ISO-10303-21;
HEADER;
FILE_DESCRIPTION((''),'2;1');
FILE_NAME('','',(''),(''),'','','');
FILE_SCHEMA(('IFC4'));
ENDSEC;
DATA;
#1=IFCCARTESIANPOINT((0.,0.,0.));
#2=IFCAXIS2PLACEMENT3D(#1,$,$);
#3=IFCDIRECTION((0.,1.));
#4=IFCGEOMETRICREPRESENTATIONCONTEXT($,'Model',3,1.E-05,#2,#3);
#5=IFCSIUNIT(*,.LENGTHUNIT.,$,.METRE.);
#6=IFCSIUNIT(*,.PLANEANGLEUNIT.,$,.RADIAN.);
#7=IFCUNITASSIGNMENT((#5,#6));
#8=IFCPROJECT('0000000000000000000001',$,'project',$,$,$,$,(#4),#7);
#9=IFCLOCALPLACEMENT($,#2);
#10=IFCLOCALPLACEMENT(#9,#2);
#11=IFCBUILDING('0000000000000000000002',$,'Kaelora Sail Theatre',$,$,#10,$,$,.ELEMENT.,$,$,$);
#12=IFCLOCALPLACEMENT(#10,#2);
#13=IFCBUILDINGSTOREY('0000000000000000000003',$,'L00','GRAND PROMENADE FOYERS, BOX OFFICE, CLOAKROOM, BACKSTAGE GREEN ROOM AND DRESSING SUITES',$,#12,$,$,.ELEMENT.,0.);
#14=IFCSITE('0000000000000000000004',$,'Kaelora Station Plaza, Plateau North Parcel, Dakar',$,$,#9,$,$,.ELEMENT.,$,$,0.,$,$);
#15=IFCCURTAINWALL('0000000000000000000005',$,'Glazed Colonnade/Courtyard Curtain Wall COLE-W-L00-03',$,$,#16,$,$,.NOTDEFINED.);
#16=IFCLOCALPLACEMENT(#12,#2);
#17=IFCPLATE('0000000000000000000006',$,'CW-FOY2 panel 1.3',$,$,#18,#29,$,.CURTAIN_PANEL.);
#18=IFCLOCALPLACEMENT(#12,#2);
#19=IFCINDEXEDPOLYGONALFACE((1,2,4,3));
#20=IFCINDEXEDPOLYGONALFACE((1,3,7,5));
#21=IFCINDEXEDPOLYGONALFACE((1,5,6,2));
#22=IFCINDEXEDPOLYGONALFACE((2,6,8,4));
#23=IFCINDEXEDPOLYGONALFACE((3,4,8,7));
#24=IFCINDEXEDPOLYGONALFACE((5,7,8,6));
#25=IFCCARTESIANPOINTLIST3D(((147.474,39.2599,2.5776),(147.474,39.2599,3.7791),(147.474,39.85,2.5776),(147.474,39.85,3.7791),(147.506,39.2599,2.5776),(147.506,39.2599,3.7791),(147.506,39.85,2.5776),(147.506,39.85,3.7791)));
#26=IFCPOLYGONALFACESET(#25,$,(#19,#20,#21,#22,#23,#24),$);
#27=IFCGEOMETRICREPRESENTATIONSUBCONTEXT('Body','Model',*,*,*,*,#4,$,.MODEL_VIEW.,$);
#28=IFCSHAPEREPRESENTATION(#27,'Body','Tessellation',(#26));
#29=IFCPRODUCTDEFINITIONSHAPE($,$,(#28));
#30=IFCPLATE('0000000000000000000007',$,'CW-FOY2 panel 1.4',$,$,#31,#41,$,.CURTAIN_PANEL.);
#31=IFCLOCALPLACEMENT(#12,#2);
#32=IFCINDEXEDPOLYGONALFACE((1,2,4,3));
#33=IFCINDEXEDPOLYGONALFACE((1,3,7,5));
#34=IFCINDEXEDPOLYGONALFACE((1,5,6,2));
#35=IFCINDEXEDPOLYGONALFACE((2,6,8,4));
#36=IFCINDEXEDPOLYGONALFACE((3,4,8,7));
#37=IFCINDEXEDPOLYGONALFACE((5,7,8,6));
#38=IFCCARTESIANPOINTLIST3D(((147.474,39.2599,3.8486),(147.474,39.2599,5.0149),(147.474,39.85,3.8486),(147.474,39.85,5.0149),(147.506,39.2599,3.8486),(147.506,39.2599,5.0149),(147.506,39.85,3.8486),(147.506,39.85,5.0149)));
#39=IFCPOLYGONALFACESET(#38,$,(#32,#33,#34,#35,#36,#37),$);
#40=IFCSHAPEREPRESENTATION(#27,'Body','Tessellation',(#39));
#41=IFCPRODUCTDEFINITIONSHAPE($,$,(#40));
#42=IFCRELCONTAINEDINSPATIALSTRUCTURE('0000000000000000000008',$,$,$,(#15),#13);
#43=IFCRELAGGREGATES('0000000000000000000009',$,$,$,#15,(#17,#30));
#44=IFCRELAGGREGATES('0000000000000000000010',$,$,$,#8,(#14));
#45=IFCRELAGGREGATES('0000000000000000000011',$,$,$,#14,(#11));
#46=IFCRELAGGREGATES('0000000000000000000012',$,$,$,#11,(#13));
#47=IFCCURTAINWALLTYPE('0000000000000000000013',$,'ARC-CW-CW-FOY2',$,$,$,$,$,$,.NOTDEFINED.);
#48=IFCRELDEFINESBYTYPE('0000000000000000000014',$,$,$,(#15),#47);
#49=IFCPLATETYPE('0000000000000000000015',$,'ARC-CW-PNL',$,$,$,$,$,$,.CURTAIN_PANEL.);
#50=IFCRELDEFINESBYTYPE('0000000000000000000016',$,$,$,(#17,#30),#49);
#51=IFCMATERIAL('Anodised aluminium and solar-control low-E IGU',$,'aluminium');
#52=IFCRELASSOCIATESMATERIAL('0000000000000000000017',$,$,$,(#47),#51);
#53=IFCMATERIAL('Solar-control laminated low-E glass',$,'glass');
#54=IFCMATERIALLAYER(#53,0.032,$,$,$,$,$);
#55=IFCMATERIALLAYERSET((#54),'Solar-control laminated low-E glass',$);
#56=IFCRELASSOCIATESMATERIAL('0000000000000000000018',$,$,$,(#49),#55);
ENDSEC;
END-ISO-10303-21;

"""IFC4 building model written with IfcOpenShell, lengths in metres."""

from ifc_helpers import new_model, si_unit, direction, frame, origin, origin_2d, place, context, subcontext, project, spatial, rectangle, extrude, material, layer, layer_set, type_object, element, aggregate, save


model = new_model("IFC4")

# Units and contexts
model_context = context("Model", 3, precision=1e-05, world=origin(), true_north=direction((0.0, 1.0)))
body_context = subcontext(model_context, "Body", "Model", "MODEL_VIEW")
ifc_project = project(units=[si_unit("LENGTHUNIT", "METRE"), si_unit("PLANEANGLEUNIT", "RADIAN")], contexts=[model_context])

# Site, building, storey
site_placement = place(None, origin())
site = spatial("IfcSite", under=ifc_project, at=site_placement, Name="Kaelora Station Plaza, Plateau North Parcel, Dakar", CompositionType="ELEMENT", RefElevation=0.0)
building_placement = place(site_placement, origin())
building = spatial("IfcBuilding", under=site, at=building_placement, Name="Kaelora Sail Theatre", CompositionType="ELEMENT")
storey_placement = place(building_placement, origin())
storey = spatial("IfcBuildingStorey", under=building, at=storey_placement, Name="L00", Description="GRAND PROMENADE FOYERS, BOX OFFICE, CLOAKROOM, BACKSTAGE GREEN ROOM AND DRESSING SUITES", CompositionType="ELEMENT", Elevation=0.0)

# Curtain wall
ifc_material_1 = material(Name="Anodised aluminium and solar-control low-E IGU", Category="aluminium")
curtain_wall_type = type_object("IfcCurtainWallType", Name="ARC-CW-CW-FOY2", PredefinedType="NOTDEFINED", material=ifc_material_1)
curtain_wall_1_placement = place(storey_placement, origin())
curtain_wall_1 = element("IfcCurtainWall", 1, at=curtain_wall_1_placement, inside=storey, type_object=curtain_wall_type, Name="Glazed Colonnade/Courtyard Curtain Wall COLE-W-L00-03", PredefinedType="NOTDEFINED")

# Plates
ifc_material_2 = material(Name="Solar-control laminated low-E glass", Category="glass")
ifc_layer = layer(ifc_material_2, 0.032)
ifc_layer_set = layer_set([ifc_layer], Name="Solar-control laminated low-E glass")
plate_type = type_object("IfcPlateType", Name="ARC-CW-PNL", PredefinedType="CURTAIN_PANEL", material=ifc_layer_set)
plate_1_placement = place(storey_placement, frame((147.49, 39.5549, 2.5776), z_axis=(0.0, 0.0, 1.0), x_axis=(0.0, 1.0, 0.0)))
plate_1 = element("IfcPlate", 2, at=plate_1_placement, type_object=plate_type, Name="CW-FOY2 panel 1.3", PredefinedType="CURTAIN_PANEL", context=body_context, shape_type="SweptSolid", body=[
    extrude(rectangle(XDim=0.5901, YDim=0.032, at=origin_2d()), origin(), (0.0, 0.0, 1.0), 1.2014),
])
plate_2_placement = place(storey_placement, frame((147.49, 39.5549, 3.8486), z_axis=(0.0, 0.0, 1.0), x_axis=(0.0, 1.0, 0.0)))
plate_2 = element("IfcPlate", 3, at=plate_2_placement, type_object=plate_type, Name="CW-FOY2 panel 1.4", PredefinedType="CURTAIN_PANEL", context=body_context, shape_type="SweptSolid", body=[
    extrude(rectangle(XDim=0.5901, YDim=0.032, at=origin_2d()), origin(), (0.0, 0.0, 1.0), 1.1663),
])
aggregate(curtain_wall_1, [plate_1, plate_2])

save(model, "model.ifc")
